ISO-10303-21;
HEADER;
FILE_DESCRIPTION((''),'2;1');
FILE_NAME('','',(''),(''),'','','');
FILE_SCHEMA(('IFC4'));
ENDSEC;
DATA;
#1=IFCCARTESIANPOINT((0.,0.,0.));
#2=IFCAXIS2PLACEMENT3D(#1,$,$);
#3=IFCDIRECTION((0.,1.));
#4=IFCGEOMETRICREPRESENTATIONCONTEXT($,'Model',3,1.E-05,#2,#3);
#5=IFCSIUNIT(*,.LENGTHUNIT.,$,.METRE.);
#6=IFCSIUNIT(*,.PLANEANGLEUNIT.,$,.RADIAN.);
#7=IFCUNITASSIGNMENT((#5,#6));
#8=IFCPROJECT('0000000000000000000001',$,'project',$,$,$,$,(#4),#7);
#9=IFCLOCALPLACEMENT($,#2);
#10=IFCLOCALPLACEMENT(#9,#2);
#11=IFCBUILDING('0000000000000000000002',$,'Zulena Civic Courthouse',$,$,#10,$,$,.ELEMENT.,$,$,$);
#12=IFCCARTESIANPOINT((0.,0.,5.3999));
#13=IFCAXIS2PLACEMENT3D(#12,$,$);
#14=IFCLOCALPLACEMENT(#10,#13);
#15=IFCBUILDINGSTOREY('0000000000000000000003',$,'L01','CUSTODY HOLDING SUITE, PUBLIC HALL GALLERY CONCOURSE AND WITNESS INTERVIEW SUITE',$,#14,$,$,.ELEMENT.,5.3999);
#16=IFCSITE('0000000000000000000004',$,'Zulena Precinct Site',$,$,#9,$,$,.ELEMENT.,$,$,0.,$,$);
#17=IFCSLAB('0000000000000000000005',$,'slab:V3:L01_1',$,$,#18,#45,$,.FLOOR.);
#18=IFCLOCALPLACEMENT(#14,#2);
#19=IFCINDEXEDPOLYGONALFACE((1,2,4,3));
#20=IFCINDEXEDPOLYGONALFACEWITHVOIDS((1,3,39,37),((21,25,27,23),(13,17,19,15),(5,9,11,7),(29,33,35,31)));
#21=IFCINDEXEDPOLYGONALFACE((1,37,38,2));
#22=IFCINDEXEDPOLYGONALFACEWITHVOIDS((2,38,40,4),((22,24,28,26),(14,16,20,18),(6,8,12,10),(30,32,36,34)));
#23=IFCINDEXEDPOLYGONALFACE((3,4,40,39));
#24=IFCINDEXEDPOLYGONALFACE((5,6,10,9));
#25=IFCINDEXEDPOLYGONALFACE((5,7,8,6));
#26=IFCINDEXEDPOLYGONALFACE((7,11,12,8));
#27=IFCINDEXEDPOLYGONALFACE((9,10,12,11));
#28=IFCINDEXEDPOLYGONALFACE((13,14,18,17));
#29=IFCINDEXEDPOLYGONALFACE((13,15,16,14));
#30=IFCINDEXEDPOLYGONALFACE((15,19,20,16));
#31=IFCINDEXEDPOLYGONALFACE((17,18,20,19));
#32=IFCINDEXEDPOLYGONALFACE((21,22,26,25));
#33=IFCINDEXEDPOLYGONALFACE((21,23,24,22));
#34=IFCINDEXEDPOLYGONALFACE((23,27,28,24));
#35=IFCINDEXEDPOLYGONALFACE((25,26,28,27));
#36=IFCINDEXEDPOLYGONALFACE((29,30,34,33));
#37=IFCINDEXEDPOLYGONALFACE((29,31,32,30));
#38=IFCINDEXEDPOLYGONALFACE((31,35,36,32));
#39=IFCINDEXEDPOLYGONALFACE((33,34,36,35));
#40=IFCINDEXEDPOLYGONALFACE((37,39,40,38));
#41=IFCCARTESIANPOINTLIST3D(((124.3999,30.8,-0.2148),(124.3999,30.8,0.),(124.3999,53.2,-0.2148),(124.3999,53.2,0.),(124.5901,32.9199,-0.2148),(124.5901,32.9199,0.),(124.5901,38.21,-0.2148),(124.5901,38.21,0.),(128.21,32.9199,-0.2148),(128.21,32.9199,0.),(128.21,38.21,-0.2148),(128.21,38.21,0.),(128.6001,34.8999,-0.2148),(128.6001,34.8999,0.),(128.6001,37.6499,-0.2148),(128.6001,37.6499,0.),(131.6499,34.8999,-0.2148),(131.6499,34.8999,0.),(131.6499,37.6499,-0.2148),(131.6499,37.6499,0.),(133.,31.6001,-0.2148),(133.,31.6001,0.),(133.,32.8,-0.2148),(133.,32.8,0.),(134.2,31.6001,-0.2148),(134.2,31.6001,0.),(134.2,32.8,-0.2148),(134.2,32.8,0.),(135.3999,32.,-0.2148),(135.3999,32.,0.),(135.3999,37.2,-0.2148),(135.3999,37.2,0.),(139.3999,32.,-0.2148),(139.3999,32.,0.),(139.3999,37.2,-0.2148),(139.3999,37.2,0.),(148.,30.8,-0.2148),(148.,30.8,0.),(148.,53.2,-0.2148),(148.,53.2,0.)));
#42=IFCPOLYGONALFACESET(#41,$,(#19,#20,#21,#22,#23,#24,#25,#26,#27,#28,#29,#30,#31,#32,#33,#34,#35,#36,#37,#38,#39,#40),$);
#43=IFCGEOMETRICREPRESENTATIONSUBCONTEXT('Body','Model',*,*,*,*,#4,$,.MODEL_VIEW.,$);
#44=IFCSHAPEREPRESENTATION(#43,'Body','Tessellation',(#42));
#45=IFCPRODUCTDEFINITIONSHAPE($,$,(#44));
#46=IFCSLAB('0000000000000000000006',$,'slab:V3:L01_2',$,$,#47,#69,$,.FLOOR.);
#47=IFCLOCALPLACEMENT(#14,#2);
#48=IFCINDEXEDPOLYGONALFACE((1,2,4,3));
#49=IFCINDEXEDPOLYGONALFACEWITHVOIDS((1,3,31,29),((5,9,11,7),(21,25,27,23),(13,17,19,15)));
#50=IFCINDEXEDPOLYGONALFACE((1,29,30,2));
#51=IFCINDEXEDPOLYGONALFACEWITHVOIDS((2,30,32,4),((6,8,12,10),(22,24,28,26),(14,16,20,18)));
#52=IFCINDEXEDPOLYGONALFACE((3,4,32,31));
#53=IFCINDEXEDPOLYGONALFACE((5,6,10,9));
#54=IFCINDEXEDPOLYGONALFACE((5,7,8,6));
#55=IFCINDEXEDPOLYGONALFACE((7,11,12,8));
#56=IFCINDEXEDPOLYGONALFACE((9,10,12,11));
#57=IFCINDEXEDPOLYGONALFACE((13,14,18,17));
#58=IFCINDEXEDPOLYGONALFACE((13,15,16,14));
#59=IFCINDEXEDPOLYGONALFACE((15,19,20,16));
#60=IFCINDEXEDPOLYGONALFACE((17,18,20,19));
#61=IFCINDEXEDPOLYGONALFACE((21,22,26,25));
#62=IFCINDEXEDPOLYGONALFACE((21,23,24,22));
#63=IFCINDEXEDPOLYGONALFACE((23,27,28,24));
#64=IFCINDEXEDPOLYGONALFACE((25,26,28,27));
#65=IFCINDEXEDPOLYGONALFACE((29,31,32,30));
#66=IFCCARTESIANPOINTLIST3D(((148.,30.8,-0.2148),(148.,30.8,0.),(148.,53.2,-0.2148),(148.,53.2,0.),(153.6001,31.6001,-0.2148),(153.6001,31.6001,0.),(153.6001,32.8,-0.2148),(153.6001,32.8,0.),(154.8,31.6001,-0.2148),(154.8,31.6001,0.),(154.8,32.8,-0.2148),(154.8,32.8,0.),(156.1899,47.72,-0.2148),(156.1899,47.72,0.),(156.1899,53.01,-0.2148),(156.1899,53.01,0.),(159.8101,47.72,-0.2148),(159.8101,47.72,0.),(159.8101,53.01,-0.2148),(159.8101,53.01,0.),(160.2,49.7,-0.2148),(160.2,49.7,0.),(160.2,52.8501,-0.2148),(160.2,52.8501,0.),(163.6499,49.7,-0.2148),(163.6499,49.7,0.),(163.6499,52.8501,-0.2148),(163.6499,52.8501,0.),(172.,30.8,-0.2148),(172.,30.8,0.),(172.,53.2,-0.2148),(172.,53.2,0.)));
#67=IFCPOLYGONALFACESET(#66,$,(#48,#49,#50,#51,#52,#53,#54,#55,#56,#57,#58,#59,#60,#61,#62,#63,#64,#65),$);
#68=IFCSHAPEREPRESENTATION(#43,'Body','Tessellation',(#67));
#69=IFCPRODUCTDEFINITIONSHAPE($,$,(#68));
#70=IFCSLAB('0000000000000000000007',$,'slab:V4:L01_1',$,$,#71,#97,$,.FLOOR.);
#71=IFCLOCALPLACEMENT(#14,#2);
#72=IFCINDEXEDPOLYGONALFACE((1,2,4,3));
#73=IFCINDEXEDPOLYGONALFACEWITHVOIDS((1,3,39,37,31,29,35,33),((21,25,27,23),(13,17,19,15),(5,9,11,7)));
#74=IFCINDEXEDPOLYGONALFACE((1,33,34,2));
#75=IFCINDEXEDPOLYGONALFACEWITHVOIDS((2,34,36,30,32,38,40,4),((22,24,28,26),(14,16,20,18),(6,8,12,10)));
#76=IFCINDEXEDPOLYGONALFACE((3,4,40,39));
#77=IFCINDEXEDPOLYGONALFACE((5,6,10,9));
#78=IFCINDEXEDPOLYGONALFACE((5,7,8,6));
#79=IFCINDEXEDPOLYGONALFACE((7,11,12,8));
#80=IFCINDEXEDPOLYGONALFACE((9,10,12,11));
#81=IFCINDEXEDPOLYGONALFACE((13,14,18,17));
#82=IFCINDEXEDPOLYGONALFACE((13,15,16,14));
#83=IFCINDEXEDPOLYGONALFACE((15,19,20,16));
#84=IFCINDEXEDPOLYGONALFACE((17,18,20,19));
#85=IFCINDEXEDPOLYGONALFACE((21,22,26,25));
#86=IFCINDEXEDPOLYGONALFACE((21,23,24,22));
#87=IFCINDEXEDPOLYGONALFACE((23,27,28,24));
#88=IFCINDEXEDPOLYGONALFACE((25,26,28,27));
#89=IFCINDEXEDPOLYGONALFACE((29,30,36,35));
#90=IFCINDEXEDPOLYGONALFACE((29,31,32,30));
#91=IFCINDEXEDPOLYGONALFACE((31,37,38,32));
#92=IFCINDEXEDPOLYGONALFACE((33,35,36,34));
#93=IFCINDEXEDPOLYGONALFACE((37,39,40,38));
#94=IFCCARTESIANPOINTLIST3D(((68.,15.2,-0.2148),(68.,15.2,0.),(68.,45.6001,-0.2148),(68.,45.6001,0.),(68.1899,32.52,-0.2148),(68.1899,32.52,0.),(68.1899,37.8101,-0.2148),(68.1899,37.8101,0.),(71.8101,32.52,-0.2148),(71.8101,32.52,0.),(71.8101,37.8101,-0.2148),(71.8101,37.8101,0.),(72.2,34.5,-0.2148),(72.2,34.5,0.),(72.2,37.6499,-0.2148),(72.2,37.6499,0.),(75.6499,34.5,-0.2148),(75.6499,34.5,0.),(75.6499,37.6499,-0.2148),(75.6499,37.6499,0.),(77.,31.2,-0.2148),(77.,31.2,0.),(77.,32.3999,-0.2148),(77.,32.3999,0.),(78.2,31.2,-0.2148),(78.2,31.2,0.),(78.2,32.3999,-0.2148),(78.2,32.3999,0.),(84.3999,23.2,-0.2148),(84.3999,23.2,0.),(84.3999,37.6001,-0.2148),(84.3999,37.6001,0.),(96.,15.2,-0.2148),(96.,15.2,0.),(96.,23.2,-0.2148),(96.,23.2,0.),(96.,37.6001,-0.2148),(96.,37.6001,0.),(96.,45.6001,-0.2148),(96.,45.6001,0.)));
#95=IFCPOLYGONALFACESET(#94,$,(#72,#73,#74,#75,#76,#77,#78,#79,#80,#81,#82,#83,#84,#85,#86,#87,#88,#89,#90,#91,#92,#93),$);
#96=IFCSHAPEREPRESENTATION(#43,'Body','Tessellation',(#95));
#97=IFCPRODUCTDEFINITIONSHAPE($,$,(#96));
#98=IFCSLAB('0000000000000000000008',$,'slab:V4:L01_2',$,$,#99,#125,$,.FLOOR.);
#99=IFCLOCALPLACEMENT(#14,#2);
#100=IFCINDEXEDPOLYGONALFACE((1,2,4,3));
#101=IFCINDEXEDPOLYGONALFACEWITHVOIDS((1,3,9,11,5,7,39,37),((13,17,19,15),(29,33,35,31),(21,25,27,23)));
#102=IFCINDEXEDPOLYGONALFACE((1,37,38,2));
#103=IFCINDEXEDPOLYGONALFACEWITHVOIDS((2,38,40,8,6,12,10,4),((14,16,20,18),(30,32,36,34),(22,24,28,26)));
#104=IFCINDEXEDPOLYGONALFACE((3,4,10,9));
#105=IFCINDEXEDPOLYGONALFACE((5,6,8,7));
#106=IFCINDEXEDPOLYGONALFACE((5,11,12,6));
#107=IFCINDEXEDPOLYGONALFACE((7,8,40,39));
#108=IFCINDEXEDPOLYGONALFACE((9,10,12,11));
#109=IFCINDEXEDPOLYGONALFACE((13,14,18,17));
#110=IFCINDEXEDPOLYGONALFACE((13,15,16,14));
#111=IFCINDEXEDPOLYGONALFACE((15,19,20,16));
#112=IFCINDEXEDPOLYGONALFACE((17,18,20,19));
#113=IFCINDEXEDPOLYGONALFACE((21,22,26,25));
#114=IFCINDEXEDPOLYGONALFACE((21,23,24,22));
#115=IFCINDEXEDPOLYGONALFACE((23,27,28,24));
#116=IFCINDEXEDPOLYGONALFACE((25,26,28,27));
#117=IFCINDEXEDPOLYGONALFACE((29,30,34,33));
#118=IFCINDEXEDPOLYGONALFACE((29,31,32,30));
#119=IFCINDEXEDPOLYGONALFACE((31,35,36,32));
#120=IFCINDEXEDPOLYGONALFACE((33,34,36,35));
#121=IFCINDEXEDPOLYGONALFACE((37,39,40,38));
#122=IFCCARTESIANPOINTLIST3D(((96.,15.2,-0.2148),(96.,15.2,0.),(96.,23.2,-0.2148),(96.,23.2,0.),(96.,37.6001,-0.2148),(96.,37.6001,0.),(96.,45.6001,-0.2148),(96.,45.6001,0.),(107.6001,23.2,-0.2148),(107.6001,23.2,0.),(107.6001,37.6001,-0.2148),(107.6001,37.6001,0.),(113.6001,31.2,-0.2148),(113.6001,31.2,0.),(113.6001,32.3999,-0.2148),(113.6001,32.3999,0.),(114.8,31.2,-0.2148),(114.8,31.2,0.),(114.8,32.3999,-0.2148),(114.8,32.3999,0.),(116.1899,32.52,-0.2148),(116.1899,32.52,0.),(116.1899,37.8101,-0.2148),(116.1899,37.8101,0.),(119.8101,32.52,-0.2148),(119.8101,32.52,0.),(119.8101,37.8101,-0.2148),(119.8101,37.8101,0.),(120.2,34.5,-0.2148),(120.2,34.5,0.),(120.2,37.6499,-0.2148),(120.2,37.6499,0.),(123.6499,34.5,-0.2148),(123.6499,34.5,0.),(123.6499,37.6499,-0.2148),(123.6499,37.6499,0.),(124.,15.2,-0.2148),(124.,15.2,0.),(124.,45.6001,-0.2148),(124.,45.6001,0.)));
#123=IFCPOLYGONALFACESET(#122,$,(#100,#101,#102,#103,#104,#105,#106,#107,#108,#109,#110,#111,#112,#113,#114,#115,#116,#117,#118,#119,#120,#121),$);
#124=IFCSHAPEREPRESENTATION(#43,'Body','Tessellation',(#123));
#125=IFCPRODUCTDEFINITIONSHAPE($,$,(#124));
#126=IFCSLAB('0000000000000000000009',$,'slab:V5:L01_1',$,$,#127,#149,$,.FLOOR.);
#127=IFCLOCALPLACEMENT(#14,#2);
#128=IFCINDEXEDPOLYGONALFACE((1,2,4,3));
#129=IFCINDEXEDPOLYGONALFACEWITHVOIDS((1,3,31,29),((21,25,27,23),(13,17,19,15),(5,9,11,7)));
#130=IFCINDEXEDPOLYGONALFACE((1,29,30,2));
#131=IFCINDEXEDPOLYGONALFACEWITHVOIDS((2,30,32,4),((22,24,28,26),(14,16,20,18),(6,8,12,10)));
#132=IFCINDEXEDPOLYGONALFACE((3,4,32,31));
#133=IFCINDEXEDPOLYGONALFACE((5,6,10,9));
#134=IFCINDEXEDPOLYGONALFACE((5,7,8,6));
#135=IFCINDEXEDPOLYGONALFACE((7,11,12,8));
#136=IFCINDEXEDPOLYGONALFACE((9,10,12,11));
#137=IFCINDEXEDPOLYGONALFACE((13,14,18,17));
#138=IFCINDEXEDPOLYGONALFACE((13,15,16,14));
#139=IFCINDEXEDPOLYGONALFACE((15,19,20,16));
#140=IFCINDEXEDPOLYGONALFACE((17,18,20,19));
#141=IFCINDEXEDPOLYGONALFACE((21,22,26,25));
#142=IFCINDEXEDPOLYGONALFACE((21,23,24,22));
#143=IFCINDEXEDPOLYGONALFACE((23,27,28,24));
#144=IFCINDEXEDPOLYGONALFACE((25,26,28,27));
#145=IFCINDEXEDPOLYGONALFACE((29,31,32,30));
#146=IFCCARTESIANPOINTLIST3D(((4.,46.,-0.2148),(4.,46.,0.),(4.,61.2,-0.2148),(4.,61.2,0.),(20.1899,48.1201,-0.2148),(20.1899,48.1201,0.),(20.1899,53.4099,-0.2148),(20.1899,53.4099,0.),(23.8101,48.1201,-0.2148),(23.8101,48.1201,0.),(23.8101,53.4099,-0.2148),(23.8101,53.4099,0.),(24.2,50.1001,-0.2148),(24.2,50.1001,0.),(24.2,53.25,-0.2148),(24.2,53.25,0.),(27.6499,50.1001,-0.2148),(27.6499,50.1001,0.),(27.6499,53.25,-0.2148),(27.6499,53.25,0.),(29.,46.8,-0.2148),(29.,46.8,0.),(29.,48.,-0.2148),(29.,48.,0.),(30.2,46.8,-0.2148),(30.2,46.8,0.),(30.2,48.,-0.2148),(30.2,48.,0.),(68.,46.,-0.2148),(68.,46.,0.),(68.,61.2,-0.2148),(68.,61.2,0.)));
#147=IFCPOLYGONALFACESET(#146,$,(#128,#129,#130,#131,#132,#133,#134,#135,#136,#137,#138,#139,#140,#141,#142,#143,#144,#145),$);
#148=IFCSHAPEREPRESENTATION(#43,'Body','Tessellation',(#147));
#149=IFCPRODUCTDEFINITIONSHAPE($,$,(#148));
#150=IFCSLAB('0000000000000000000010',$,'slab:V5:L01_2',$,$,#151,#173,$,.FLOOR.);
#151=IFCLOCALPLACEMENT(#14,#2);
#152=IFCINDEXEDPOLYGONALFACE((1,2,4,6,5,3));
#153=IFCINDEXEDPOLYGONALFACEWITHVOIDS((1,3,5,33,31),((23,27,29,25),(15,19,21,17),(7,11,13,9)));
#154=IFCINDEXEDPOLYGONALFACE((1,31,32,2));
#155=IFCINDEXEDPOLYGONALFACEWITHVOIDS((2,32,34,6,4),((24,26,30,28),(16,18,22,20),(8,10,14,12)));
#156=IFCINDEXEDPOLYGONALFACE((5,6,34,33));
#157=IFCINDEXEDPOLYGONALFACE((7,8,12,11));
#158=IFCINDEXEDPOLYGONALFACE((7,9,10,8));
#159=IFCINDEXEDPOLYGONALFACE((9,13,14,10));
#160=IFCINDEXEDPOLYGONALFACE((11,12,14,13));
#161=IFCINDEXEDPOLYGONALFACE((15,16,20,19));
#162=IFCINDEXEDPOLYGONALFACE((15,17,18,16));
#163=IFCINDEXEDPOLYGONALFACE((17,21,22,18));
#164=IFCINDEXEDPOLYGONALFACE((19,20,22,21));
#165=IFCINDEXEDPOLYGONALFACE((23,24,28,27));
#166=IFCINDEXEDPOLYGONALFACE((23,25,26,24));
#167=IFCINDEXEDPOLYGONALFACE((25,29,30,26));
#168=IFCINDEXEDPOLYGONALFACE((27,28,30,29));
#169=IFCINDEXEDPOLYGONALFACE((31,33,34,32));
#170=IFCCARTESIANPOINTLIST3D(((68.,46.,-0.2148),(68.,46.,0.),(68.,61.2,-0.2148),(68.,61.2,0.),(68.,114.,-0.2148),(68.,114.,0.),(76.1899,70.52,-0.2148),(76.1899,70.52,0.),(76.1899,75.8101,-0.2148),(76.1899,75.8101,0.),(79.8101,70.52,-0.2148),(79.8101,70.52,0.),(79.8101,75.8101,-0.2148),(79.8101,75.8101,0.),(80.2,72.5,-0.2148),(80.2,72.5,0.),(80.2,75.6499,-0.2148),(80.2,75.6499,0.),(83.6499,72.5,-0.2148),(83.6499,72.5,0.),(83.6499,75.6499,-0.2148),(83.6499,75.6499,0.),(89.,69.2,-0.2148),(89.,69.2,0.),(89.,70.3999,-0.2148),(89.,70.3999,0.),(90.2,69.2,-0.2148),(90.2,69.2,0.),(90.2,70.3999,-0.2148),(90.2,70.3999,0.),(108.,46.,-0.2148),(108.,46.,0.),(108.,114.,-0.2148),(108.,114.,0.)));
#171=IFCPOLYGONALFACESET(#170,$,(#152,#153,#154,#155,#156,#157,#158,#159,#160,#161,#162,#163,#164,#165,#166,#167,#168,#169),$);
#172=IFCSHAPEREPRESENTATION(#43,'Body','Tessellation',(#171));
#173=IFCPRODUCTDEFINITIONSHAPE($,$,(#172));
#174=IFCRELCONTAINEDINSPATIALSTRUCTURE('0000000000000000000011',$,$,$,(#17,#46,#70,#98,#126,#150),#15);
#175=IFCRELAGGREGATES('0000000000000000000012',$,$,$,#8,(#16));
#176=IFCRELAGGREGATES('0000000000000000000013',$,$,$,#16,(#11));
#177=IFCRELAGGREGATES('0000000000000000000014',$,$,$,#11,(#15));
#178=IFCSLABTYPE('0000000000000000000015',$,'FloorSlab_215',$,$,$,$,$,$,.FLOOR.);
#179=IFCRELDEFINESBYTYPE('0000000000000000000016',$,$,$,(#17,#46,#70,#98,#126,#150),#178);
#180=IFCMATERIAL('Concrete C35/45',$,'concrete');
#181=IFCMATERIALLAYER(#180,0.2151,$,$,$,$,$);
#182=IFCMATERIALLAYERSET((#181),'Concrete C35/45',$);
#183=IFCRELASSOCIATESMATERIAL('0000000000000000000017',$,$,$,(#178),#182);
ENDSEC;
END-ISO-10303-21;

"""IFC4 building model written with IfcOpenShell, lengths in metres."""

from ifc_helpers import new_model, si_unit, direction, frame, origin, place, context, subcontext, project, spatial, polyline, outline, extrude, material, layer, layer_set, type_object, element, save


model = new_model("IFC4")

# Units and contexts
model_context = context("Model", 3, precision=1e-05, world=origin(), true_north=direction((0.0, 1.0)))
body_context = subcontext(model_context, "Body", "Model", "MODEL_VIEW")
ifc_project = project(units=[si_unit("LENGTHUNIT", "METRE"), si_unit("PLANEANGLEUNIT", "RADIAN")], contexts=[model_context])

# Site, building, storey
site_placement = place(None, origin())
site = spatial("IfcSite", under=ifc_project, at=site_placement, Name="Zulena Precinct Site", CompositionType="ELEMENT", RefElevation=0.0)
building_placement = place(site_placement, origin())
building = spatial("IfcBuilding", under=site, at=building_placement, Name="Zulena Civic Courthouse", CompositionType="ELEMENT")
storey_placement = place(building_placement, frame((0.0, 0.0, 5.3999)))
storey = spatial("IfcBuildingStorey", under=building, at=storey_placement, Name="L01", Description="CUSTODY HOLDING SUITE, PUBLIC HALL GALLERY CONCOURSE AND WITNESS INTERVIEW SUITE", CompositionType="ELEMENT", Elevation=5.3999)

# Slabs
ifc_material_1 = material(Name="Concrete C35/45", Category="concrete")
ifc_layer_1 = layer(ifc_material_1, 0.2151)
ifc_layer_set_1 = layer_set([ifc_layer_1], Name="Concrete C35/45")
slab_type_1 = type_object("IfcSlabType", Name="FloorSlab_215", PredefinedType="FLOOR", material=ifc_layer_set_1)
slab_1_placement = place(storey_placement, frame((0.0, 0.0, -0.2148)))
element("IfcSlab", 1, at=slab_1_placement, inside=storey, type_object=slab_type_1, Name="slab:V3:L01_1", PredefinedType="FLOOR", context=body_context, shape_type="SweptSolid", body=[
    extrude(outline(polyline([(124.3999, 30.8), (124.3999, 53.2), (148.0, 53.2), (148.0, 30.8), (124.3999, 30.8)]), holes=[polyline([(124.5901, 32.9199), (128.21, 32.9199), (128.21, 38.21), (124.5901, 38.21), (124.5901, 32.9199)]), polyline([(128.6001, 37.6499), (128.6001, 34.8999), (131.6499, 34.8999), (131.6499, 37.6499), (128.6001, 37.6499)]), polyline([(133.0, 31.6001), (134.2, 31.6001), (134.2, 32.8), (133.0, 32.8), (133.0, 31.6001)]), polyline([(139.3999, 37.2), (135.3999, 37.2), (135.3999, 32.0), (139.3999, 32.0), (139.3999, 37.2)])]), origin(), (0.0, 0.0, 1.0), 0.2148),
])
slab_2_placement = place(storey_placement, frame((0.0, 0.0, -0.2148)))
element("IfcSlab", 2, at=slab_2_placement, inside=storey, type_object=slab_type_1, Name="slab:V3:L01_2", PredefinedType="FLOOR", context=body_context, shape_type="SweptSolid", body=[
    extrude(outline(polyline([(148.0, 30.8), (148.0, 53.2), (172.0, 53.2), (172.0, 30.8), (148.0, 30.8)]), holes=[polyline([(159.8101, 53.01), (156.1899, 53.01), (156.1899, 47.72), (159.8101, 47.72), (159.8101, 53.01)]), polyline([(163.6499, 49.7), (163.6499, 52.8501), (160.2, 52.8501), (160.2, 49.7), (163.6499, 49.7)]), polyline([(153.6001, 32.8), (153.6001, 31.6001), (154.8, 31.6001), (154.8, 32.8), (153.6001, 32.8)])]), origin(), (0.0, 0.0, 1.0), 0.2148),
])
slab_3_placement = place(storey_placement, frame((0.0, 0.0, -0.2148)))
element("IfcSlab", 3, at=slab_3_placement, inside=storey, type_object=slab_type_1, Name="slab:V4:L01_1", PredefinedType="FLOOR", context=body_context, shape_type="SweptSolid", body=[
    extrude(outline(polyline([(68.0, 15.2), (68.0, 45.6001), (96.0, 45.6001), (96.0, 37.6001), (84.3999, 37.6001), (84.3999, 23.2), (96.0, 23.2), (96.0, 15.2), (68.0, 15.2)]), holes=[polyline([(68.1899, 32.52), (71.8101, 32.52), (71.8101, 37.8101), (68.1899, 37.8101), (68.1899, 32.52)]), polyline([(72.2, 37.6499), (72.2, 34.5), (75.6499, 34.5), (75.6499, 37.6499), (72.2, 37.6499)]), polyline([(77.0, 31.2), (78.2, 31.2), (78.2, 32.3999), (77.0, 32.3999), (77.0, 31.2)])]), origin(), (0.0, 0.0, 1.0), 0.2148),
])
slab_4_placement = place(storey_placement, frame((0.0, 0.0, -0.2148)))
element("IfcSlab", 4, at=slab_4_placement, inside=storey, type_object=slab_type_1, Name="slab:V4:L01_2", PredefinedType="FLOOR", context=body_context, shape_type="SweptSolid", body=[
    extrude(outline(polyline([(96.0, 15.2), (96.0, 23.2), (107.6001, 23.2), (107.6001, 37.6001), (96.0, 37.6001), (96.0, 45.6001), (124.0, 45.6001), (124.0, 15.2), (96.0, 15.2)]), holes=[polyline([(119.8101, 37.8101), (116.1899, 37.8101), (116.1899, 32.52), (119.8101, 32.52), (119.8101, 37.8101)]), polyline([(123.6499, 34.5), (123.6499, 37.6499), (120.2, 37.6499), (120.2, 34.5), (123.6499, 34.5)]), polyline([(113.6001, 32.3999), (113.6001, 31.2), (114.8, 31.2), (114.8, 32.3999), (113.6001, 32.3999)])]), origin(), (0.0, 0.0, 1.0), 0.2148),
])
slab_5_placement = place(storey_placement, frame((0.0, 0.0, -0.2148)))
element("IfcSlab", 5, at=slab_5_placement, inside=storey, type_object=slab_type_1, Name="slab:V5:L01_1", PredefinedType="FLOOR", context=body_context, shape_type="SweptSolid", body=[
    extrude(outline(polyline([(4.0, 61.2), (68.0, 61.2), (68.0, 46.0), (4.0, 46.0), (4.0, 61.2)]), holes=[polyline([(20.1899, 53.4099), (20.1899, 48.1201), (23.8101, 48.1201), (23.8101, 53.4099), (20.1899, 53.4099)]), polyline([(27.6499, 53.25), (24.2, 53.25), (24.2, 50.1001), (27.6499, 50.1001), (27.6499, 53.25)]), polyline([(29.0, 48.0), (29.0, 46.8), (30.2, 46.8), (30.2, 48.0), (29.0, 48.0)])]), origin(), (0.0, 0.0, 1.0), 0.2148),
])
slab_6_placement = place(storey_placement, frame((0.0, 0.0, -0.2148)))
element("IfcSlab", 6, at=slab_6_placement, inside=storey, type_object=slab_type_1, Name="slab:V5:L01_2", PredefinedType="FLOOR", context=body_context, shape_type="SweptSolid", body=[
    extrude(outline(polyline([(68.0, 114.0), (108.0, 114.0), (108.0, 46.0), (68.0, 46.0), (68.0, 61.2), (68.0, 114.0)]), holes=[polyline([(79.8101, 70.52), (79.8101, 75.8101), (76.1899, 75.8101), (76.1899, 70.52), (79.8101, 70.52)]), polyline([(80.2, 72.5), (83.6499, 72.5), (83.6499, 75.6499), (80.2, 75.6499), (80.2, 72.5)]), polyline([(90.2, 70.3999), (89.0, 70.3999), (89.0, 69.2), (90.2, 69.2), (90.2, 70.3999)])]), origin(), (0.0, 0.0, 1.0), 0.2148),
])

save(model, "model.ifc")
